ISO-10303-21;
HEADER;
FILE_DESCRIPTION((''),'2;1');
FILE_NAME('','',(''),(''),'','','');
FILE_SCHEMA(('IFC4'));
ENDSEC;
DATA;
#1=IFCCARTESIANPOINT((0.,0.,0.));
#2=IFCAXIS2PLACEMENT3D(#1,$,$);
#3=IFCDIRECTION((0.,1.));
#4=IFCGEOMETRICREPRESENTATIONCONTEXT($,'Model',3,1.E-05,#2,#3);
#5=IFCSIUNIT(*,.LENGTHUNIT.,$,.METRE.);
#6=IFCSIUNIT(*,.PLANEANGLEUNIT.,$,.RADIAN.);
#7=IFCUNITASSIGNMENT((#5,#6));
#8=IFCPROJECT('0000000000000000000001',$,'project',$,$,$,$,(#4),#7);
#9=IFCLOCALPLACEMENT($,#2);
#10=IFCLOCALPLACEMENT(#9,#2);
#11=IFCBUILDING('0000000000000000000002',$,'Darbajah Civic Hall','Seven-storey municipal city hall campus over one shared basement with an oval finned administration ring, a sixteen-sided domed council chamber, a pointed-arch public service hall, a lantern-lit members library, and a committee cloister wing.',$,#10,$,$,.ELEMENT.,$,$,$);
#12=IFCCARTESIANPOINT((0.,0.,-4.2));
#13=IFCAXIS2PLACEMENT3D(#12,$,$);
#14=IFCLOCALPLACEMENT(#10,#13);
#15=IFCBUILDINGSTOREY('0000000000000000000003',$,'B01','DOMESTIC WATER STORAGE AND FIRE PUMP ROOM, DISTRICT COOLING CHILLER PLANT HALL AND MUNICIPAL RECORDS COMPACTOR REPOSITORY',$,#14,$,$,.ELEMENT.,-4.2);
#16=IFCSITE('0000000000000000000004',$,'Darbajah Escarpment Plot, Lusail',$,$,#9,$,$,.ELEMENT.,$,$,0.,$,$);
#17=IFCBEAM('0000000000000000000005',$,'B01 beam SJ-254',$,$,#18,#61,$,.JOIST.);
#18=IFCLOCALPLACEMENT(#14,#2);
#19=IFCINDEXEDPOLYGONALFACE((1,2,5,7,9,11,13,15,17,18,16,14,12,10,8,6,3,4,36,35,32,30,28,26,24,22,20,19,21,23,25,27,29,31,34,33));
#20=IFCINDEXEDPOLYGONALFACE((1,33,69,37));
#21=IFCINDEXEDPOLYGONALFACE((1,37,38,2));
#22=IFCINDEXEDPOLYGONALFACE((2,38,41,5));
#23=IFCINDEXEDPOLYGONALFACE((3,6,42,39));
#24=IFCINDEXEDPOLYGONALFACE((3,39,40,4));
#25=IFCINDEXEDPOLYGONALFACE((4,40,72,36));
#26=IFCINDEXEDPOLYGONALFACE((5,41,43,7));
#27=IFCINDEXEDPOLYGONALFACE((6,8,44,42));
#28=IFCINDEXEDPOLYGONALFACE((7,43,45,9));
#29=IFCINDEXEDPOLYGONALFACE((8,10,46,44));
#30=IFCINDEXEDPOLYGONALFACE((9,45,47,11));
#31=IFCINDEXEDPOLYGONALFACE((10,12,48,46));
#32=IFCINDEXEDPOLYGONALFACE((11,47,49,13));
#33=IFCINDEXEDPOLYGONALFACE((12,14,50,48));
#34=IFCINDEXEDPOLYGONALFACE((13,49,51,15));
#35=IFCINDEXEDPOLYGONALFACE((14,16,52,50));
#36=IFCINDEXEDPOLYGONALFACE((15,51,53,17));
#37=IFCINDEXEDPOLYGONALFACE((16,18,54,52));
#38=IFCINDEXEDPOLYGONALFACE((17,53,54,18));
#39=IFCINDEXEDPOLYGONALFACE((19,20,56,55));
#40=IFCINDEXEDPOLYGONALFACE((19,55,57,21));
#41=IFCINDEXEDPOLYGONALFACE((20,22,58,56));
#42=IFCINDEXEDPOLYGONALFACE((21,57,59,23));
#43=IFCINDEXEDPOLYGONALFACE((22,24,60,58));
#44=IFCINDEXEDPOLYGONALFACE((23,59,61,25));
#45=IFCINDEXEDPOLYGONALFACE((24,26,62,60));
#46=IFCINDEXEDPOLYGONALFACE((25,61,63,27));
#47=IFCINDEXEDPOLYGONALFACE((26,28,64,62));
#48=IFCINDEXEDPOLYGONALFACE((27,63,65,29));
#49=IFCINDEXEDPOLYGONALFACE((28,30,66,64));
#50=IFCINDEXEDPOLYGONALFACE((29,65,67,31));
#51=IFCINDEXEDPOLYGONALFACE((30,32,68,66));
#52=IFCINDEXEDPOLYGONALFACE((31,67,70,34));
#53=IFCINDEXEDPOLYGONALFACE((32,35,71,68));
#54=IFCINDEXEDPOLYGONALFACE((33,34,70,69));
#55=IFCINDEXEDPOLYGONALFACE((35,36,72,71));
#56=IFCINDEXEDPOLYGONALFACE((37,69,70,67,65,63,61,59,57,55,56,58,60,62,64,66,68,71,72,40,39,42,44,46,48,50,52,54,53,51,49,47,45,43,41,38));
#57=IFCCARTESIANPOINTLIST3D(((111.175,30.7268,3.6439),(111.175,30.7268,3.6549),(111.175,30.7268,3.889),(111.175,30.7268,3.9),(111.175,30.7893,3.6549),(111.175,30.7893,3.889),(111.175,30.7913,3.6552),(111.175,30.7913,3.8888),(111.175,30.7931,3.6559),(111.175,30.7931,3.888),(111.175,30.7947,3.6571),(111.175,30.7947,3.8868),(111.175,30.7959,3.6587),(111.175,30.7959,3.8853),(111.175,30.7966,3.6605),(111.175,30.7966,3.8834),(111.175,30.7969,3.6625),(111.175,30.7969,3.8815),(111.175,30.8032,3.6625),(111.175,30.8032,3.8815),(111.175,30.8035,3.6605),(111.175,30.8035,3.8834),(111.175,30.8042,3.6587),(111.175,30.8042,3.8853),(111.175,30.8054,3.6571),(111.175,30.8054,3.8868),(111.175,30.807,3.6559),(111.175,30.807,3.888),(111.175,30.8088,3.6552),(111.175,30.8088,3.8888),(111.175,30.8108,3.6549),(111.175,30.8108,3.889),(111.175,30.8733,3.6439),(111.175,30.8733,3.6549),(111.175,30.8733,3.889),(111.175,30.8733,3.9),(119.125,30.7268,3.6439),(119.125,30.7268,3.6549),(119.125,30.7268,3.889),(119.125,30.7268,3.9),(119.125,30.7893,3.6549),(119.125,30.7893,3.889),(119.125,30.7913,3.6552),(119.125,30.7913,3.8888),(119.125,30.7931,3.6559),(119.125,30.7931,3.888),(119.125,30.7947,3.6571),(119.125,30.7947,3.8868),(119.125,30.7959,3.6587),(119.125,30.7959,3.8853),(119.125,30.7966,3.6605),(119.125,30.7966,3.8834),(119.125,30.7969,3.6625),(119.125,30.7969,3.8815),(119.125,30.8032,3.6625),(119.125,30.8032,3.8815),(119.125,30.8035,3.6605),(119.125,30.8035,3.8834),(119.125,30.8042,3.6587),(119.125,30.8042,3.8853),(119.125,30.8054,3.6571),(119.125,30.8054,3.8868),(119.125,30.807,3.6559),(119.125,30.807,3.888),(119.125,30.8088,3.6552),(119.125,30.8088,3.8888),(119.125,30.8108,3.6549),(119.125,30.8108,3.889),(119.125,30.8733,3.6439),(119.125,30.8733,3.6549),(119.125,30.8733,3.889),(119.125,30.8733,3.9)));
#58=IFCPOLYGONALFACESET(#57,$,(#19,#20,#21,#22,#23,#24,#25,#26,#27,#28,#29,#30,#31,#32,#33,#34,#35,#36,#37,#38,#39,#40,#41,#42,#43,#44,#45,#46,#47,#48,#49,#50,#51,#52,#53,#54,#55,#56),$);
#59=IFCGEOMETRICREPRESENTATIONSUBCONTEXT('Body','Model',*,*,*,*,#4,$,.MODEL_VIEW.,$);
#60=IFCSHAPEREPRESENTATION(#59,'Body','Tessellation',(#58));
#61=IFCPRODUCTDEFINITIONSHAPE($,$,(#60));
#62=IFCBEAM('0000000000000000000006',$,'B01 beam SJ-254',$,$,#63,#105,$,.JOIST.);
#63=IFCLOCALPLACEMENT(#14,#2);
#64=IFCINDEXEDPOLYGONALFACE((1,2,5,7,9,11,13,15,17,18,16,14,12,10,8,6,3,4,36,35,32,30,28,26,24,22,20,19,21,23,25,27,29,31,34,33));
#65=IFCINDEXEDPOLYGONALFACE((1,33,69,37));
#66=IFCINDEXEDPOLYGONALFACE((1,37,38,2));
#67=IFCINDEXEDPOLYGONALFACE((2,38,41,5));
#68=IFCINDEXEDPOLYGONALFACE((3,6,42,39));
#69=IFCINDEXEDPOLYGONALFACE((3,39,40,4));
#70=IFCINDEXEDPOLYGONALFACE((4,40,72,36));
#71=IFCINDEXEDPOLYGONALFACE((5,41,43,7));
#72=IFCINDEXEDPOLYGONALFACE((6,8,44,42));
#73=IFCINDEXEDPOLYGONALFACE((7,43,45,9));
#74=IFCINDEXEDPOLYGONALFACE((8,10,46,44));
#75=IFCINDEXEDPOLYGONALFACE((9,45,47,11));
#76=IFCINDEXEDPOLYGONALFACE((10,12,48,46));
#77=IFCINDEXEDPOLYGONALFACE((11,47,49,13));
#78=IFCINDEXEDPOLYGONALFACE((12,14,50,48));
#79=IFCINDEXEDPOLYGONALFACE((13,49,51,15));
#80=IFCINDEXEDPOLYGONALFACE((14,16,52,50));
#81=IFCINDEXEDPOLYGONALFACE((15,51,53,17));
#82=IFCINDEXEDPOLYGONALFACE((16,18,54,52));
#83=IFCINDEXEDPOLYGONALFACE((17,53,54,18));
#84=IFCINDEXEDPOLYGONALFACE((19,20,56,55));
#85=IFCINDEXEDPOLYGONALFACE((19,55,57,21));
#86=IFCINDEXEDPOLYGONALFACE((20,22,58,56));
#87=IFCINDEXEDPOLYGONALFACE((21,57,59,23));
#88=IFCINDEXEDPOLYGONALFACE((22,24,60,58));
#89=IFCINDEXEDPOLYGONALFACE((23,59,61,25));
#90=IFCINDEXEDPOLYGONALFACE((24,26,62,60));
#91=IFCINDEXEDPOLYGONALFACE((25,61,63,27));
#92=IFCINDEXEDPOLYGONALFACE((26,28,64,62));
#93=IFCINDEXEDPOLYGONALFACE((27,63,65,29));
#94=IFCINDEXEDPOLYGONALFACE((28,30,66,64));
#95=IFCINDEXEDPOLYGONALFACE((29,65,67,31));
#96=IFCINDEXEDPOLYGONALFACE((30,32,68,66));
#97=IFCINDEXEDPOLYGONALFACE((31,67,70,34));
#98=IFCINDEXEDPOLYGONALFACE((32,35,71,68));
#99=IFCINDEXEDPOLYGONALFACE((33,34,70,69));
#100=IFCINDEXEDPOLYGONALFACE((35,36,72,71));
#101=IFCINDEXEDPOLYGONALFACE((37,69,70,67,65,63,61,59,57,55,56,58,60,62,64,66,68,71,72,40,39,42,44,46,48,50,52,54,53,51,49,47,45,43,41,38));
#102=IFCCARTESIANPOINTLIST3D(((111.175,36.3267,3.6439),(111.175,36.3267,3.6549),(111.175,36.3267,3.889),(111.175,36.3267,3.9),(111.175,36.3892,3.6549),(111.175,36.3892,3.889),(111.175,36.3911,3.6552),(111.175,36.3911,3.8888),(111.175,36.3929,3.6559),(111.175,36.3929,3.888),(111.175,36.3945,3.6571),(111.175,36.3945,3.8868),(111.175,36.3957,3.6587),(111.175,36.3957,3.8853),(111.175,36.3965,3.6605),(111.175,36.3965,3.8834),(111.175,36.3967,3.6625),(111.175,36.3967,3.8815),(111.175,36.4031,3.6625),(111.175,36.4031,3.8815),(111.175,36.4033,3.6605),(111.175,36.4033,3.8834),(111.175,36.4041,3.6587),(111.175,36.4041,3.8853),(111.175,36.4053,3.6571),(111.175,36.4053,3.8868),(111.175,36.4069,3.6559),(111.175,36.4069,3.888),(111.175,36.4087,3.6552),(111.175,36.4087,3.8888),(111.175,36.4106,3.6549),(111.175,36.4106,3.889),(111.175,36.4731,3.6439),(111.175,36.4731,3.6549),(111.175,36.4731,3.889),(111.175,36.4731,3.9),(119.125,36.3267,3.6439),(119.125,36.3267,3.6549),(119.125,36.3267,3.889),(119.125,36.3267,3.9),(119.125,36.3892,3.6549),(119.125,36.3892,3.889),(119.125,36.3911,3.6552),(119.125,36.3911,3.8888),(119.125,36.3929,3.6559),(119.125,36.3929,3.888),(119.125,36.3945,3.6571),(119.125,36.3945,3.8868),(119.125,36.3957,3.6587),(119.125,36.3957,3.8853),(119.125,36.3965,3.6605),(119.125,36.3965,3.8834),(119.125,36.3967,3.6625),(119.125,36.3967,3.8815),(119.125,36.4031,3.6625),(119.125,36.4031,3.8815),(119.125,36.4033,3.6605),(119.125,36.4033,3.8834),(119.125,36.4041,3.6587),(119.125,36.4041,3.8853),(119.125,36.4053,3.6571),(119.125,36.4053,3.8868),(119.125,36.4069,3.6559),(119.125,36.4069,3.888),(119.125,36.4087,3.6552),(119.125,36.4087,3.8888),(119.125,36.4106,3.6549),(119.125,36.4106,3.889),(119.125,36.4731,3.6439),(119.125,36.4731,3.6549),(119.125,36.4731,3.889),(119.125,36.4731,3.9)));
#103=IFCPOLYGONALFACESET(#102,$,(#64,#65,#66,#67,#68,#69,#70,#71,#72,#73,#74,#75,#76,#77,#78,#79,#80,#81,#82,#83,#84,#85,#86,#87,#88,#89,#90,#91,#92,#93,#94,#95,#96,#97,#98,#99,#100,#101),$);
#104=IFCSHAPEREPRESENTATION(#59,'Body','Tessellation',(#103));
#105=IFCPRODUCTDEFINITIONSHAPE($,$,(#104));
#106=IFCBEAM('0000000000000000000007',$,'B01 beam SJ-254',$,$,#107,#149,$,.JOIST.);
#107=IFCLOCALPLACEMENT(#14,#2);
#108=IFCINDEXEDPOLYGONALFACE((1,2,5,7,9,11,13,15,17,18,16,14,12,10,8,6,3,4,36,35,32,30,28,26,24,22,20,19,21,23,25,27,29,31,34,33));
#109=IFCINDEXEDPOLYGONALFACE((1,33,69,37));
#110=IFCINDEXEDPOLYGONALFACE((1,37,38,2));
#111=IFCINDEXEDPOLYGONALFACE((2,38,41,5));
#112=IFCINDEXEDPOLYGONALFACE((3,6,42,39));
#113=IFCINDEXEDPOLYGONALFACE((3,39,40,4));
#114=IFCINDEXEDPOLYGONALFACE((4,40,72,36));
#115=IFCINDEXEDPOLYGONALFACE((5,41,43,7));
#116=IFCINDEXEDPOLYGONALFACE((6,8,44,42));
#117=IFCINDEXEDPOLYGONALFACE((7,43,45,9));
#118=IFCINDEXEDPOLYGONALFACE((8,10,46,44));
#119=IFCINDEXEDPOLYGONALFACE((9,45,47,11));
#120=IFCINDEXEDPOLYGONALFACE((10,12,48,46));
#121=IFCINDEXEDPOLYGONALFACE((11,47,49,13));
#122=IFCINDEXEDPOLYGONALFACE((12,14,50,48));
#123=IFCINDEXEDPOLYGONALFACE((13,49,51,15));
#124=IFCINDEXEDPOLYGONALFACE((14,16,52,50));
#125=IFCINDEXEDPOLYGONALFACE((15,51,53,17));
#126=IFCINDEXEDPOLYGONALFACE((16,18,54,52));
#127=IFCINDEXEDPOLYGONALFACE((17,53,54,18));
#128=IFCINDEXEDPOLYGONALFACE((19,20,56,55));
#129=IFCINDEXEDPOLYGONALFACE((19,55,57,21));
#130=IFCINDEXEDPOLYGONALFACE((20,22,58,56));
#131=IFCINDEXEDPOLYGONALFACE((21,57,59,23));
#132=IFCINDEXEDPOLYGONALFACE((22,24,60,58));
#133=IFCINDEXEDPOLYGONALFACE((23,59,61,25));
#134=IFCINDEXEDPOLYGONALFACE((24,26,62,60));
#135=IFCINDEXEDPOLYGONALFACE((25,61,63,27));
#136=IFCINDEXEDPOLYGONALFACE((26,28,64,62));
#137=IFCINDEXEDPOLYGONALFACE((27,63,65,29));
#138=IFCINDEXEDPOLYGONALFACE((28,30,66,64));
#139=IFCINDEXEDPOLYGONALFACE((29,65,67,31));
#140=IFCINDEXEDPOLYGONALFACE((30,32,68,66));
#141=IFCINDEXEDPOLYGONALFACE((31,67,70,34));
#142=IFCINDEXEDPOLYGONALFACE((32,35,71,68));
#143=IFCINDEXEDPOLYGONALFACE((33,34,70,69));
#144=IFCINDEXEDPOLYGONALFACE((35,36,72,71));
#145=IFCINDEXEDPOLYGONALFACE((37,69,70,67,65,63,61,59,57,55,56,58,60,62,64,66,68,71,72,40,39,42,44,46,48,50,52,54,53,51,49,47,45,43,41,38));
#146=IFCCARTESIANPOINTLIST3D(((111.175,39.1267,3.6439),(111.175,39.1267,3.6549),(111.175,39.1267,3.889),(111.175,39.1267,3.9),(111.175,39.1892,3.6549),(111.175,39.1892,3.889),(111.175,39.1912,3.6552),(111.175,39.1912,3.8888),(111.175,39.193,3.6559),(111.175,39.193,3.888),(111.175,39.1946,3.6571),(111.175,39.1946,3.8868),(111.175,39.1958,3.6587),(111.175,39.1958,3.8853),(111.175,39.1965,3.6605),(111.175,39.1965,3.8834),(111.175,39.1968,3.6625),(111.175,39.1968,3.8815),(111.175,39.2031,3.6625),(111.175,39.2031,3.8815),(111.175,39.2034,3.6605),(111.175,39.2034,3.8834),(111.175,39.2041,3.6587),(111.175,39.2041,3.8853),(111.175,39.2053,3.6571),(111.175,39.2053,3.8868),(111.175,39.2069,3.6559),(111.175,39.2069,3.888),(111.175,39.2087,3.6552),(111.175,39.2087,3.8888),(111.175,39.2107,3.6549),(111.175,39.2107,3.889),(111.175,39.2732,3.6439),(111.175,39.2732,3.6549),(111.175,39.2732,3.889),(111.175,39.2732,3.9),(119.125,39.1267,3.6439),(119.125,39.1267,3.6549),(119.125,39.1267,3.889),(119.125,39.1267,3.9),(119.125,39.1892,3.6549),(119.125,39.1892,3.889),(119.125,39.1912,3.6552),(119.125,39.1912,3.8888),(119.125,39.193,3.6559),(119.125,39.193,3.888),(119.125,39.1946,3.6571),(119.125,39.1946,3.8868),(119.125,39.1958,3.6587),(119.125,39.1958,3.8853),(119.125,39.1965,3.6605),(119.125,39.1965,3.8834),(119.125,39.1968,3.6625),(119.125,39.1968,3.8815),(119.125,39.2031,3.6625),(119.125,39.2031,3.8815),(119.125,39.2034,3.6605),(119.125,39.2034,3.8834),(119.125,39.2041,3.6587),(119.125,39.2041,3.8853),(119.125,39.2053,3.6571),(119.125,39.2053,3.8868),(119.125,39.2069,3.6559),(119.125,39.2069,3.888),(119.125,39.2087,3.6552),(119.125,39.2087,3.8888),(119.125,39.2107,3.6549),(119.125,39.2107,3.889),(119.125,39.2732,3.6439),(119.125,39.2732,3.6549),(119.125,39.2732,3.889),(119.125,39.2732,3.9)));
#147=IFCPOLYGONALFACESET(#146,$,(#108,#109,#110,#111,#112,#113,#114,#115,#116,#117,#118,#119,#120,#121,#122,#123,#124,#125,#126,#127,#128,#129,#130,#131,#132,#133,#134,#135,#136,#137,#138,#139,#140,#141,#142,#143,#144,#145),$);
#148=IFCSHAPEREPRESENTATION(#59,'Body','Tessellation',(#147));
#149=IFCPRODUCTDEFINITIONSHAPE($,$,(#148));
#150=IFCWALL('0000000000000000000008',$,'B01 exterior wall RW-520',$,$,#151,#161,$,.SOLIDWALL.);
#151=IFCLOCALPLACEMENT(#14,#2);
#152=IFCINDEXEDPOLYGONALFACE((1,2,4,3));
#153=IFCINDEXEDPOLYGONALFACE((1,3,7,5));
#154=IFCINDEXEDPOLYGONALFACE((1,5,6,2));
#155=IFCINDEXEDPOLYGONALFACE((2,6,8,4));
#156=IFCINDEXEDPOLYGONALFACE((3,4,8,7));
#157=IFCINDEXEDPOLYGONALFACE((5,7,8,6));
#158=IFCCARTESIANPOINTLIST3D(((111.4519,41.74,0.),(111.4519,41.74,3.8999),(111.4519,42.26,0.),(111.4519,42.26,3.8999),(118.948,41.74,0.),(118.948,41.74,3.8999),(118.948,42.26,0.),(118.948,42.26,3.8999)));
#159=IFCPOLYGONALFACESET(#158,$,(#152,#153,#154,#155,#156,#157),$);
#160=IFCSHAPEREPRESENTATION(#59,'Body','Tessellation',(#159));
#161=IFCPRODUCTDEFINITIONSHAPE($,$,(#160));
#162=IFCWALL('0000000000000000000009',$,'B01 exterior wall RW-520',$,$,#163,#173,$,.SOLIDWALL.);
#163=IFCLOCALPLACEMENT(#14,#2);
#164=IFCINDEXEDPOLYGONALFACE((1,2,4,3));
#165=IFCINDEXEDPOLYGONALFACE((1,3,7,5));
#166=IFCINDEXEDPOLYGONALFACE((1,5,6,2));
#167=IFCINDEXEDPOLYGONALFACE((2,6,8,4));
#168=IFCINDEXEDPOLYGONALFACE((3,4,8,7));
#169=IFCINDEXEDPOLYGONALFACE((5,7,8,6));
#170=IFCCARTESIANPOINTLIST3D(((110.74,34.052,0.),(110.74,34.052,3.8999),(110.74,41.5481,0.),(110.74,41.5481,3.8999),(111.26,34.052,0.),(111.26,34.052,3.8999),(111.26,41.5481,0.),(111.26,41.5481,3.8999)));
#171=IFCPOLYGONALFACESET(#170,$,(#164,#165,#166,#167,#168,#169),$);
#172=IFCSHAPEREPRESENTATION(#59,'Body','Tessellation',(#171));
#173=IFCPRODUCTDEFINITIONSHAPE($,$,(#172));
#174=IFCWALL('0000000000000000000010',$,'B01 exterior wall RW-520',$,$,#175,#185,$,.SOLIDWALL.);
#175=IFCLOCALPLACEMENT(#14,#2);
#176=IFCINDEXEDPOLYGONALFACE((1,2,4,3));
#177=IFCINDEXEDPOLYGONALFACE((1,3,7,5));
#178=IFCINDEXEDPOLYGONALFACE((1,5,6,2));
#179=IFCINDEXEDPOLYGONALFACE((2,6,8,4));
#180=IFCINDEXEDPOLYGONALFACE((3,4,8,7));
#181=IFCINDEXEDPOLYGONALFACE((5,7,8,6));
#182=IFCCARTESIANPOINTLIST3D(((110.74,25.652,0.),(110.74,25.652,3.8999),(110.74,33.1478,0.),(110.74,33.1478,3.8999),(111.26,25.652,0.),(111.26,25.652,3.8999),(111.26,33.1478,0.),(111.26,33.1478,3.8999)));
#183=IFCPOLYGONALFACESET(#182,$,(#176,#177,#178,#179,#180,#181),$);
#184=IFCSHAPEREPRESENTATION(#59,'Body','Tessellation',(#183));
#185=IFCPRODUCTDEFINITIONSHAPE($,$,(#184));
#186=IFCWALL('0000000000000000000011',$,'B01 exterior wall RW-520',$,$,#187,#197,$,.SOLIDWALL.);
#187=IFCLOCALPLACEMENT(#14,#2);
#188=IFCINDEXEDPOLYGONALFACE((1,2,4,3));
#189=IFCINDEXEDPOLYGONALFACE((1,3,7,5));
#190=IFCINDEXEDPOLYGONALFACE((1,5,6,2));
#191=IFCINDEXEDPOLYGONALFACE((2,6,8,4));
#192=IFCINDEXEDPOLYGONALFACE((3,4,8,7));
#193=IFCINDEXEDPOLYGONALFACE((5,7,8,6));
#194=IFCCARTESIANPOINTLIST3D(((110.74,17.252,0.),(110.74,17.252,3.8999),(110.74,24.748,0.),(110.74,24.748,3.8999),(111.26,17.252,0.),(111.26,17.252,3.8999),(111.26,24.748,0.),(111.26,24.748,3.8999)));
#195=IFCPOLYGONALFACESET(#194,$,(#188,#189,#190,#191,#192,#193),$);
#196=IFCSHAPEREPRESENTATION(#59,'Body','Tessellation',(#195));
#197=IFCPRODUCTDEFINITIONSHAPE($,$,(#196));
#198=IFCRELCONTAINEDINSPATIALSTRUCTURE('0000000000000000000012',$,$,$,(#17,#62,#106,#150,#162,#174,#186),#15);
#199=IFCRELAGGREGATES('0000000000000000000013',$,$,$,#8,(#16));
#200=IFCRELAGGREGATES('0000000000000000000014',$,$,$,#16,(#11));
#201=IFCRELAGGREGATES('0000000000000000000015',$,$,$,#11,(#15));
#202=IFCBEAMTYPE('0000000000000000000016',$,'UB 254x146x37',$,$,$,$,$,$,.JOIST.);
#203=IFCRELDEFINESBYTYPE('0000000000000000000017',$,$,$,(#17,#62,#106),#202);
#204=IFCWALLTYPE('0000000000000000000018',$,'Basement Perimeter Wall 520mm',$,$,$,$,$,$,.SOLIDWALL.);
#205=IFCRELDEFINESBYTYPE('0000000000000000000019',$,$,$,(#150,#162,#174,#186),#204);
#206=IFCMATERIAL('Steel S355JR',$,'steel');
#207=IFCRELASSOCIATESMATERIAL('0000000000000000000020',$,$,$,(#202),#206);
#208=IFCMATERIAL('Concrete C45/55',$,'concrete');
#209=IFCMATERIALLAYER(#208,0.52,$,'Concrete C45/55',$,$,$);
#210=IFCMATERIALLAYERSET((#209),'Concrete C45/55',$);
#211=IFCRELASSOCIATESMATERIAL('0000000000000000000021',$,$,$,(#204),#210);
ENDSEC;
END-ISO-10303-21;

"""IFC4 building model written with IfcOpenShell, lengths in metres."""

from ifc_helpers import new_model, si_unit, direction, frame, frame_2d, origin, origin_2d, place, context, subcontext, project, spatial, rectangle, i_section, extrude, material, layer, layer_set, material_profile, profile_set, type_object, element, save


model = new_model("IFC4")

# Units and contexts
model_context = context("Model", 3, precision=1e-05, world=origin(), true_north=direction((0.0, 1.0)))
body_context = subcontext(model_context, "Body", "Model", "MODEL_VIEW")
ifc_project = project(units=[si_unit("LENGTHUNIT", "METRE"), si_unit("PLANEANGLEUNIT", "RADIAN")], contexts=[model_context])

# Site, building, storey
site_placement = place(None, origin())
site = spatial("IfcSite", under=ifc_project, at=site_placement, Name="Darbajah Escarpment Plot, Lusail", CompositionType="ELEMENT", RefElevation=0.0)
building_placement = place(site_placement, origin())
building = spatial("IfcBuilding", under=site, at=building_placement, Name="Darbajah Civic Hall", Description="Seven-storey municipal city hall campus over one shared basement with an oval finned administration ring, a sixteen-sided domed council chamber, a pointed-arch public service hall, a lantern-lit members library, and a committee cloister wing.", CompositionType="ELEMENT")
storey_placement = place(building_placement, frame((0.0, 0.0, -4.2)))
storey = spatial("IfcBuildingStorey", under=building, at=storey_placement, Name="B01", Description="DOMESTIC WATER STORAGE AND FIRE PUMP ROOM, DISTRICT COOLING CHILLER PLANT HALL AND MUNICIPAL RECORDS COMPACTOR REPOSITORY", CompositionType="ELEMENT", Elevation=-4.2)

# Shared definitions
ifc_material_1 = material(Name="Concrete C45/55", Category="concrete")

# Beams
ifc_material_2 = material(Name="Steel S355JR", Category="steel")
ifc_material_profile_1 = material_profile(ifc_material_2, i_section(OverallWidth=0.1465, OverallDepth=0.2561, WebThickness=0.0063, FlangeThickness=0.011, FilletRadius=0.0076, at=origin_2d()), Name="UB 254x146x37")
ifc_profile_set_1 = profile_set([ifc_material_profile_1], Name="Steel S355JR")
beam_type_1 = type_object("IfcBeamType", Name="UB 254x146x37", PredefinedType="JOIST", material=ifc_profile_set_1)
for number, where, z_axis, x_axis, name in (
    (1, (111.175, 30.8, 3.772), (1.0, 0.0, 0.0), (0.0, 1.0, 0.0), "B01 beam SJ-254"),
    (2, (111.175, 36.3999, 3.772), (1.0, 0.0, 0.0), (0.0, 1.0, 0.0), "B01 beam SJ-254"),
    (3, (111.175, 39.2, 3.772), (1.0, 0.0, 0.0), (0.0, 1.0, 0.0), "B01 beam SJ-254"),
):
    element("IfcBeam", number, at=place(storey_placement, frame(where, z_axis=z_axis, x_axis=x_axis)), inside=storey, type_object=beam_type_1, Name=name, PredefinedType="JOIST", context=body_context, shape_type="SweptSolid", body=[
        extrude(i_section(OverallWidth=0.1465, OverallDepth=0.2561, WebThickness=0.0063, FlangeThickness=0.011, FilletRadius=0.0076, at=origin_2d()), origin(), (0.0, 0.0, 1.0), 7.95),
    ])

# Walls
ifc_layer_1 = layer(ifc_material_1, 0.52, Name="Concrete C45/55")
ifc_layer_set_1 = layer_set([ifc_layer_1], Name="Concrete C45/55")
wall_type_1 = type_object("IfcWallType", Name="Basement Perimeter Wall 520mm", PredefinedType="SOLIDWALL", material=ifc_layer_set_1)
for number, where, z_axis, x_axis, name in (
    (4, (118.948, 42.0, 0.0), (0.0, 0.0, 1.0), (-1.0, 0.0, 0.0), "B01 exterior wall RW-520"),
    (5, (111.0, 41.5481, 0.0), (0.0, 0.0, 1.0), (0.0, -1.0, 0.0), "B01 exterior wall RW-520"),
):
    element("IfcWall", number, at=place(storey_placement, frame(where, z_axis=z_axis, x_axis=x_axis)), inside=storey, type_object=wall_type_1, Name=name, PredefinedType="SOLIDWALL", context=body_context, shape_type="SweptSolid", body=[
        extrude(rectangle(XDim=7.4961, YDim=0.52, at=frame_2d((3.748, 0.0))), origin(), (0.0, 0.0, 1.0), 3.8999),
    ])
wall_1_placement = place(storey_placement, frame((111.0, 33.1479, 0.0), z_axis=(0.0, 0.0, 1.0), x_axis=(0.0, -1.0, 0.0)))
element("IfcWall", 6, at=wall_1_placement, inside=storey, type_object=wall_type_1, Name="B01 exterior wall RW-520", PredefinedType="SOLIDWALL", context=body_context, shape_type="SweptSolid", body=[
    extrude(rectangle(XDim=7.4958, YDim=0.52, at=frame_2d((3.748, 0.0))), origin(), (0.0, 0.0, 1.0), 3.8999),
])
wall_2_placement = place(storey_placement, frame((111.0, 24.748, 0.0), z_axis=(0.0, 0.0, 1.0), x_axis=(0.0, -1.0, 0.0)))
element("IfcWall", 7, at=wall_2_placement, inside=storey, type_object=wall_type_1, Name="B01 exterior wall RW-520", PredefinedType="SOLIDWALL", context=body_context, shape_type="SweptSolid", body=[
    extrude(rectangle(XDim=7.4961, YDim=0.52, at=frame_2d((3.748, 0.0))), origin(), (0.0, 0.0, 1.0), 3.8999),
])

save(model, "model.ifc")
